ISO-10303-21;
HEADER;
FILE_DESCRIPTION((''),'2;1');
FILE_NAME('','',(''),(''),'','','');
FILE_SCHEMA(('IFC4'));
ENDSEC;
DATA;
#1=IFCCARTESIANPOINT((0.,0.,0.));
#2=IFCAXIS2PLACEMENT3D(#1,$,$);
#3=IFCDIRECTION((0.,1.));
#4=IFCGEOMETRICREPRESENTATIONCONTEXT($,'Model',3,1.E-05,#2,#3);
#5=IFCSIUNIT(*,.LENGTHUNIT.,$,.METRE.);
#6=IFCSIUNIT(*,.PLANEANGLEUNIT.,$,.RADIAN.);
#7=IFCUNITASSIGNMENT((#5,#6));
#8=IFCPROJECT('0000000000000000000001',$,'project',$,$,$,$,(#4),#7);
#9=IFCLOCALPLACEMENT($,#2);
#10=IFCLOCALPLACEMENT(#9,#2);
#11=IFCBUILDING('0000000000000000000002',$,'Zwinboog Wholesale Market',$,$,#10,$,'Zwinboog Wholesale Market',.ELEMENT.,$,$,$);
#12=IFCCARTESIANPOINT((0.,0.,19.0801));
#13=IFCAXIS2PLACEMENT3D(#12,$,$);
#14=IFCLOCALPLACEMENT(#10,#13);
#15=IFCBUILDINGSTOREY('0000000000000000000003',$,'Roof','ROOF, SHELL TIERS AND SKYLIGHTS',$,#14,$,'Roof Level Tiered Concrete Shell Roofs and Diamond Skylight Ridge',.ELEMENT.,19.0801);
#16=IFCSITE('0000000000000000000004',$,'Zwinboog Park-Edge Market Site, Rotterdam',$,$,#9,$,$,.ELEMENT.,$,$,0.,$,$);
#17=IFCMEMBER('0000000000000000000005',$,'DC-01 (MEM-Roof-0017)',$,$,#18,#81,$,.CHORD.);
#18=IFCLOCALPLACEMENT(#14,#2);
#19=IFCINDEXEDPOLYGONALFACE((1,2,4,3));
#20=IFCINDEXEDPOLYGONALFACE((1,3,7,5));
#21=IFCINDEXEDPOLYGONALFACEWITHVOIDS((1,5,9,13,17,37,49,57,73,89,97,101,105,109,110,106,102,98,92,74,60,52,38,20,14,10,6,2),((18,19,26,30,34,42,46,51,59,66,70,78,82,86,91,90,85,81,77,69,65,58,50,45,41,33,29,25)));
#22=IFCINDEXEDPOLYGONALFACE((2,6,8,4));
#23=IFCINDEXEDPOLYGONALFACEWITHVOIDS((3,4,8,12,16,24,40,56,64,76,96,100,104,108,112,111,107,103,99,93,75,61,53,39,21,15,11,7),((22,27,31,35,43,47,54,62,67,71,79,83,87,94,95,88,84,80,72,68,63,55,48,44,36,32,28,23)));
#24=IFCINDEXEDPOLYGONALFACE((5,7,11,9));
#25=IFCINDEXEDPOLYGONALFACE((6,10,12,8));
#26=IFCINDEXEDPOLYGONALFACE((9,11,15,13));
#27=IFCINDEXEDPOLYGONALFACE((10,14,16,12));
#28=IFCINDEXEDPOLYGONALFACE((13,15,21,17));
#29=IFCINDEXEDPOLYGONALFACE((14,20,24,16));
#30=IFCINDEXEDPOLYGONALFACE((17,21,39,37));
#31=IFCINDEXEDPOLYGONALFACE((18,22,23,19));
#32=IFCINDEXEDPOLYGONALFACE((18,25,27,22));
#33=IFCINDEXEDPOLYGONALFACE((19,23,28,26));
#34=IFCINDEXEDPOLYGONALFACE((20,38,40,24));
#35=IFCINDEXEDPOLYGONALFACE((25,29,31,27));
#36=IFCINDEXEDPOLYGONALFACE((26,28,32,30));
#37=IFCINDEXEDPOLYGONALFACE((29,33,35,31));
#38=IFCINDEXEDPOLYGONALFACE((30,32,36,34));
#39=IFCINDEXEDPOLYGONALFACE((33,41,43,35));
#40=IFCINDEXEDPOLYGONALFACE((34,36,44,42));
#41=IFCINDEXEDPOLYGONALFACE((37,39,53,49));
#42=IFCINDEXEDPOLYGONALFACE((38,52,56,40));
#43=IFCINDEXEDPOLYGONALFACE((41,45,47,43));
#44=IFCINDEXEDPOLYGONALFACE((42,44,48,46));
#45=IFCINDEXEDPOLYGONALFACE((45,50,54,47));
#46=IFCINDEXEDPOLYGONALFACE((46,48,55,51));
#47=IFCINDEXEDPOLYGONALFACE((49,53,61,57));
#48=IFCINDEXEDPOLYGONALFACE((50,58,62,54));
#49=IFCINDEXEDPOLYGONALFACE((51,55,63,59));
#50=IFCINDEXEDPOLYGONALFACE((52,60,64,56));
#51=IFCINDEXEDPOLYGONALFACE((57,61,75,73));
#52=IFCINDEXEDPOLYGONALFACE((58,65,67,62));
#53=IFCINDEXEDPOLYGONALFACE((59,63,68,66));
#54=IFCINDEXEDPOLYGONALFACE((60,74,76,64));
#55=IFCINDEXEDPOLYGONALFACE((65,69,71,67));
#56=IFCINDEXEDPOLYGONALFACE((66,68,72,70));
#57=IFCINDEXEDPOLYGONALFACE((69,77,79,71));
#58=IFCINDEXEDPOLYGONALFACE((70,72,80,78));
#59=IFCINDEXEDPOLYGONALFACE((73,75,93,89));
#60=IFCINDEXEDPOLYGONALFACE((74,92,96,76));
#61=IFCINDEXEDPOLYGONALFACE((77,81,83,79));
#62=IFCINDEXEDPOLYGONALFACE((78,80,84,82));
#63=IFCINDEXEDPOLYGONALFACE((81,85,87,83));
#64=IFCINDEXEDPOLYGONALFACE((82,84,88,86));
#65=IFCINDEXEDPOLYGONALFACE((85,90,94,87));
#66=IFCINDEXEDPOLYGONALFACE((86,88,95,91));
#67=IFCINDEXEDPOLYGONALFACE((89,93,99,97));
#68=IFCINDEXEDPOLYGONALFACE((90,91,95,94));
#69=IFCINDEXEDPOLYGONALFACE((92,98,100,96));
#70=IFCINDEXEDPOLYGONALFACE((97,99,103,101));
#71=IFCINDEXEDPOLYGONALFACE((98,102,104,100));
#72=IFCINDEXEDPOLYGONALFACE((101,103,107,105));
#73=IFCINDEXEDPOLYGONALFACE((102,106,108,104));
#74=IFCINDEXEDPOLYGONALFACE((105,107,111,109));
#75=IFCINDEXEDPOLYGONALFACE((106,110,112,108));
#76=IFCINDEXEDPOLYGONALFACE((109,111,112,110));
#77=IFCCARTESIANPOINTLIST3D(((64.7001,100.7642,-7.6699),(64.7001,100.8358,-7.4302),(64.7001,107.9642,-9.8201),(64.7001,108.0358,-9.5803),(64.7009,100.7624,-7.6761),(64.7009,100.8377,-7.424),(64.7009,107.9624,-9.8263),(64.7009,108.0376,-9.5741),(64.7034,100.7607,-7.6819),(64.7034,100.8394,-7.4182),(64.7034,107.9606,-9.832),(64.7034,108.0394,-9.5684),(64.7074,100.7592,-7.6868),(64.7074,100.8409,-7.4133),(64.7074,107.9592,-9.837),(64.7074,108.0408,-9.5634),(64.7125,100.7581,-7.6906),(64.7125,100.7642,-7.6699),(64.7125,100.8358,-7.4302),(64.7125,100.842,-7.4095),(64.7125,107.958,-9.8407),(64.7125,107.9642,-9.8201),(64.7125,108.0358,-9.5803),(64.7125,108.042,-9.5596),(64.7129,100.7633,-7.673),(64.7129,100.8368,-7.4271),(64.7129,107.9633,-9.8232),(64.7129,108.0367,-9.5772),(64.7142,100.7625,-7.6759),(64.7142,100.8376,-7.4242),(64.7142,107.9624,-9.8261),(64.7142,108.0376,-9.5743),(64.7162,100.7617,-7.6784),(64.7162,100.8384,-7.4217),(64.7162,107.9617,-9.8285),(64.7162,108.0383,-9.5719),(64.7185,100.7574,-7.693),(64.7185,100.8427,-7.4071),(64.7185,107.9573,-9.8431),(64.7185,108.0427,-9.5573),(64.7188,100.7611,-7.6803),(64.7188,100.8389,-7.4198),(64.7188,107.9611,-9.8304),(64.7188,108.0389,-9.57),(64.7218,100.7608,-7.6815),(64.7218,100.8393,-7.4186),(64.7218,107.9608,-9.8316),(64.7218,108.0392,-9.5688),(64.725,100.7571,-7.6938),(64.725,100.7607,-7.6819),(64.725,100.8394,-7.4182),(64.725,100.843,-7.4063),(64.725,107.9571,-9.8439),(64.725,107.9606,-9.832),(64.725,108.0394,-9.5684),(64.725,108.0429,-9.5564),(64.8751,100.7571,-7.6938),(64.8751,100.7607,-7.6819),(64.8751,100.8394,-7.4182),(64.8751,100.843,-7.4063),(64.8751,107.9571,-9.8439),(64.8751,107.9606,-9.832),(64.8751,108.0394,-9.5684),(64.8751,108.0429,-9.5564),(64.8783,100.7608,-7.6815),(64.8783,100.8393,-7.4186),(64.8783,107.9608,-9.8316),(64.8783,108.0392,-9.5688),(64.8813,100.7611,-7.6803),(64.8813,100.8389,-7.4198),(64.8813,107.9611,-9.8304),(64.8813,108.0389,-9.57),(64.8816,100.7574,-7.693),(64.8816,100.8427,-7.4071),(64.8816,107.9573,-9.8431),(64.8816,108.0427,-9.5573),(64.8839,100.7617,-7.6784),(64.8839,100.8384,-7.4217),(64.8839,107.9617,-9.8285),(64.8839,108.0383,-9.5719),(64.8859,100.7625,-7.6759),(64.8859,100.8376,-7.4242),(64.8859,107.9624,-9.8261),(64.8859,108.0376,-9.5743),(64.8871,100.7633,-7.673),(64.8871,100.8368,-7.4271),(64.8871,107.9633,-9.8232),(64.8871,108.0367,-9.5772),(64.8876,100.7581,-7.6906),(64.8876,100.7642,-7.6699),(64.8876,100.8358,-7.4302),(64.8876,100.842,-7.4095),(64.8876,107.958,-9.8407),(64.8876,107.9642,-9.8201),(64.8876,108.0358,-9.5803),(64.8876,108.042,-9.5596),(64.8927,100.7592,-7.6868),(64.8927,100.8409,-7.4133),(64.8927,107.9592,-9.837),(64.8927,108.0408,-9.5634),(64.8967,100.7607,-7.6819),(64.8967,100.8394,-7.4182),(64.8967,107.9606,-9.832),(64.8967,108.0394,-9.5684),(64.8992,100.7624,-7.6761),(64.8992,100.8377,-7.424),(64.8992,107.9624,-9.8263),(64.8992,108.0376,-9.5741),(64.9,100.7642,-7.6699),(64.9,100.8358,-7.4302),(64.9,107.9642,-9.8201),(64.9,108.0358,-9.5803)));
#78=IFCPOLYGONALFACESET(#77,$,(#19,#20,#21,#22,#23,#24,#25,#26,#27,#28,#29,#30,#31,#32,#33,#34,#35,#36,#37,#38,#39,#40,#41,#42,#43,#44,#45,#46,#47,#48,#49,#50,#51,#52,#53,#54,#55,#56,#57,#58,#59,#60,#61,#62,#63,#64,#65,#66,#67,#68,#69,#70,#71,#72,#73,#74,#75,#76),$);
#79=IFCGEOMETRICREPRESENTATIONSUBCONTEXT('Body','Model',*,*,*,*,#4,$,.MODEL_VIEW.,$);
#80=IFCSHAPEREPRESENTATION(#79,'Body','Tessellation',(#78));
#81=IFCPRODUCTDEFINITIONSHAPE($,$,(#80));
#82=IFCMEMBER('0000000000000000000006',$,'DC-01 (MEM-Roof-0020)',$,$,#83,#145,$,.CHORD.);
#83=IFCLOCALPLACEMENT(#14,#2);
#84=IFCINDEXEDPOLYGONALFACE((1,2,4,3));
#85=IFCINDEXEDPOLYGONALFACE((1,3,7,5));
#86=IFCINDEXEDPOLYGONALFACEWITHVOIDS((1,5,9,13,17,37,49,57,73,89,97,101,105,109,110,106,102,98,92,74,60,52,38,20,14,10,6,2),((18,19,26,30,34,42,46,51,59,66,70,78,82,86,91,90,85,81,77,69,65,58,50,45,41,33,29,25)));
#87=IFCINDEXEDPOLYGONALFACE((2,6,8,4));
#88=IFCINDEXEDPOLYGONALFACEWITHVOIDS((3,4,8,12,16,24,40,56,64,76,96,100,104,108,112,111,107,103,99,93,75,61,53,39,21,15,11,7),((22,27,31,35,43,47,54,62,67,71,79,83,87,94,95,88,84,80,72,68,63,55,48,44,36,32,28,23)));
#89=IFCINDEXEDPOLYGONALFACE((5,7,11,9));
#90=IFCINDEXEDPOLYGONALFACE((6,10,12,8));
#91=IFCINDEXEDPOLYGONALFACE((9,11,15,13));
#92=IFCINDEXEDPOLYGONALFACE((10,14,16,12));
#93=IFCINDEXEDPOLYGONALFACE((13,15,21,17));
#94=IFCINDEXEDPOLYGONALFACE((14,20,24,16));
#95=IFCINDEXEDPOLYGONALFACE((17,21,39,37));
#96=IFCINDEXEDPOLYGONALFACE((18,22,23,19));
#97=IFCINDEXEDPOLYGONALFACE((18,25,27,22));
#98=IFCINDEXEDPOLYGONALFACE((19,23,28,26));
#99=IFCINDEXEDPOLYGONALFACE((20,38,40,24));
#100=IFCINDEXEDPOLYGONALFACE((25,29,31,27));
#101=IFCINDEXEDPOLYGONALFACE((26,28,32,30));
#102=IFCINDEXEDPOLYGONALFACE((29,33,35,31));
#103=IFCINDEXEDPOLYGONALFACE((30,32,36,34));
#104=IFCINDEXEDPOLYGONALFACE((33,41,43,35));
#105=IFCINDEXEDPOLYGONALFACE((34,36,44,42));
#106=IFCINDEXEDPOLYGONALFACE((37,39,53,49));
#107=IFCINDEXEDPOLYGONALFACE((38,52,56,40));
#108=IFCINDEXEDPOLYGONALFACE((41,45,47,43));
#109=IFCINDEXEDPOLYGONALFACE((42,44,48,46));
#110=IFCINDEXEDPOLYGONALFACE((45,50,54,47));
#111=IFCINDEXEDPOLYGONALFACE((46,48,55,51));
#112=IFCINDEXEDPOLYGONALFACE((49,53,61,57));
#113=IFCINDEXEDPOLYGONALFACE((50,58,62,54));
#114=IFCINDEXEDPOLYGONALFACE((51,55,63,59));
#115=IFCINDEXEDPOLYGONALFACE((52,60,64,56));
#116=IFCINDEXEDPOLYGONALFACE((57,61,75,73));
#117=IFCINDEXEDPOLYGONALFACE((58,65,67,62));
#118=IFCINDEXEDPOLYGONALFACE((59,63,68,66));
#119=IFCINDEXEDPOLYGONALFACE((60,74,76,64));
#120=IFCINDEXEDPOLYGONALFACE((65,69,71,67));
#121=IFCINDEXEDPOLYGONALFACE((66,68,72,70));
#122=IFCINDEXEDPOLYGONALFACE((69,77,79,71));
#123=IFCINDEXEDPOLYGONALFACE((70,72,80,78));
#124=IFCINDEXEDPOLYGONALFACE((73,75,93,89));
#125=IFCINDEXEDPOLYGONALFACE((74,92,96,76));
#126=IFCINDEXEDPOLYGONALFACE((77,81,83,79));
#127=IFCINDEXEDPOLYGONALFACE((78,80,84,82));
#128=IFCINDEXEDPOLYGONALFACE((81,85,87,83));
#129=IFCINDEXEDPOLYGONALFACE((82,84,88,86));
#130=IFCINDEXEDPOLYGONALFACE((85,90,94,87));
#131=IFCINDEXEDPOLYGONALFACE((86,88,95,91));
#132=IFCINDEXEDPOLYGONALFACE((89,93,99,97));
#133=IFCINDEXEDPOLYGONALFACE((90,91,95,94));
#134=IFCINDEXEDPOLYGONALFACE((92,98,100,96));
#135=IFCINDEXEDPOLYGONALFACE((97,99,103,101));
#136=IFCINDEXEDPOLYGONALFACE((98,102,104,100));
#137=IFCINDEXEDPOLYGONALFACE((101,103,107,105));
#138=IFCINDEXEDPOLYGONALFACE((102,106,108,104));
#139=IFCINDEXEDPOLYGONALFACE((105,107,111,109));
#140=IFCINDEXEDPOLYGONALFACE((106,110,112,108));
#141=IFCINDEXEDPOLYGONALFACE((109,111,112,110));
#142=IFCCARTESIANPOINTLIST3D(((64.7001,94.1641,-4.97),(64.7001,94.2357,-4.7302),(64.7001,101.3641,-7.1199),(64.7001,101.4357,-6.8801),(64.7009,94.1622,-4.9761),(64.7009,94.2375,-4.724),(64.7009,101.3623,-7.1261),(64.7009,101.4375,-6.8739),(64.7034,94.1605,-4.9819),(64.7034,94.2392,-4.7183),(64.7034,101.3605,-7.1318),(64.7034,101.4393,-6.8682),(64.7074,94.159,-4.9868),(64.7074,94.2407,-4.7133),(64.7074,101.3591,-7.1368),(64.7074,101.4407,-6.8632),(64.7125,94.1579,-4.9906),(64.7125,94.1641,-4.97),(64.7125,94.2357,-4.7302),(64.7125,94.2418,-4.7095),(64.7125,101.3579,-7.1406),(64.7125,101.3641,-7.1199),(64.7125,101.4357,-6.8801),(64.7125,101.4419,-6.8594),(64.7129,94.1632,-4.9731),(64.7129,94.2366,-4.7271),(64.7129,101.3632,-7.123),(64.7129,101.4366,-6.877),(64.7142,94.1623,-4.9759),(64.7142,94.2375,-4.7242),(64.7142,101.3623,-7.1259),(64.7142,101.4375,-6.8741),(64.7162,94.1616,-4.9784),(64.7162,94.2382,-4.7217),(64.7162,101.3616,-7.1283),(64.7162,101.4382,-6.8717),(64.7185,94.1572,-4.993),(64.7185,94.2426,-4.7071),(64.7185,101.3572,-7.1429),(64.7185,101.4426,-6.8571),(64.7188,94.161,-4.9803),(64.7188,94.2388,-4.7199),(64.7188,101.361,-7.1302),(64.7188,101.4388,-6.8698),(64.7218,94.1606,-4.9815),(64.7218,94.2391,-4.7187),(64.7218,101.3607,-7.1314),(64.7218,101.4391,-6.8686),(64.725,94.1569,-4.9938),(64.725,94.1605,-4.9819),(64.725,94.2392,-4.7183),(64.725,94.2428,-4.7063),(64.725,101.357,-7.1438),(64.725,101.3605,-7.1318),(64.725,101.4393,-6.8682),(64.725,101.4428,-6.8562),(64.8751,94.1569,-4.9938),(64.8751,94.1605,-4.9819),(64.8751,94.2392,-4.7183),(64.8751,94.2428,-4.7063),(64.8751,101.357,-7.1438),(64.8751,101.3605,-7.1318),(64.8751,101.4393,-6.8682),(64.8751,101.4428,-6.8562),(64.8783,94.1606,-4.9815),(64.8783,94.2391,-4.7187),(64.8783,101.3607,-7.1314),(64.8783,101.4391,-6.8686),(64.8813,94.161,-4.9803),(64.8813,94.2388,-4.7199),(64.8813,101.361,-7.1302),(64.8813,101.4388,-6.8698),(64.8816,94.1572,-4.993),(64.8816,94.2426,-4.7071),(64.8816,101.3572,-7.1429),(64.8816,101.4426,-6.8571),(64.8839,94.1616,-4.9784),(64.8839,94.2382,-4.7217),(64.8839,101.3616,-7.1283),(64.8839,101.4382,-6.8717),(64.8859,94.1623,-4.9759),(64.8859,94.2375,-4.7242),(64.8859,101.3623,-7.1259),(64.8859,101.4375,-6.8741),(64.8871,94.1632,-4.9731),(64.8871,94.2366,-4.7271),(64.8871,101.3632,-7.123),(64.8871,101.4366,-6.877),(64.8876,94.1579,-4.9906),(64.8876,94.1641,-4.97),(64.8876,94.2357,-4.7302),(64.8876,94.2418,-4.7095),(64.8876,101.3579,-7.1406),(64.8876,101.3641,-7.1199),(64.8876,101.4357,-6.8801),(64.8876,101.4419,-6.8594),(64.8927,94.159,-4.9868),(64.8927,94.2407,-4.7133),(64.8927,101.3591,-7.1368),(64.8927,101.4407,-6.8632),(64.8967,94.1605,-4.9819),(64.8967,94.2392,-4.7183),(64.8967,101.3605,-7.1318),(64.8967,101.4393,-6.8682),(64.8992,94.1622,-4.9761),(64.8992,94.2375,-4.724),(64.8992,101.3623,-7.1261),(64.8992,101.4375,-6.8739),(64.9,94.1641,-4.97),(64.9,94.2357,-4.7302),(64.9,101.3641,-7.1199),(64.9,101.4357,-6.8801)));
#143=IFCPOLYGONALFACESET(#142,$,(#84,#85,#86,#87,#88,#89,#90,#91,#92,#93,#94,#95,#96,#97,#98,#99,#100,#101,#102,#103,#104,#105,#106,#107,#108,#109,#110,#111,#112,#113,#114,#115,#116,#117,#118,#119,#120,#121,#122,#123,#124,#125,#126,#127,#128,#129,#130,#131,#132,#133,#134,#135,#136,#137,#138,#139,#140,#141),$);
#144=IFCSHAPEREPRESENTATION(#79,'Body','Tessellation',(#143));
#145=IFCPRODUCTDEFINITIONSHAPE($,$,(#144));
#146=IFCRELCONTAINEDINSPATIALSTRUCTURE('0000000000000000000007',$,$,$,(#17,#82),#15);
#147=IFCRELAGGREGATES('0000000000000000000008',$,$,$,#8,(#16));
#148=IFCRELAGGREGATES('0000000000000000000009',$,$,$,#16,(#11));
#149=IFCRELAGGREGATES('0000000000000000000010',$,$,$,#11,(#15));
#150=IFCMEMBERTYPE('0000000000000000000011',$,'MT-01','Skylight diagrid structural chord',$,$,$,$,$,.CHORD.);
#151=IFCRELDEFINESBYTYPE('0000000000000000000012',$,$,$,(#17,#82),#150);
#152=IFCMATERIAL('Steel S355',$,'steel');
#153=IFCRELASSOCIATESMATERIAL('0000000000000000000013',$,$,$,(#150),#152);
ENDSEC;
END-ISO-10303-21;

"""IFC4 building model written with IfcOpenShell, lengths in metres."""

from ifc_helpers import new_model, si_unit, direction, frame, origin, origin_2d, place, context, subcontext, project, spatial, hollow_rectangle, extrude, material, material_profile, profile_set, type_object, element, save


model = new_model("IFC4")

# Units and contexts
model_context = context("Model", 3, precision=1e-05, world=origin(), true_north=direction((0.0, 1.0)))
body_context = subcontext(model_context, "Body", "Model", "MODEL_VIEW")
ifc_project = project(units=[si_unit("LENGTHUNIT", "METRE"), si_unit("PLANEANGLEUNIT", "RADIAN")], contexts=[model_context])

# Site, building, storey
site_placement = place(None, origin())
site = spatial("IfcSite", under=ifc_project, at=site_placement, Name="Zwinboog Park-Edge Market Site, Rotterdam", CompositionType="ELEMENT", RefElevation=0.0)
building_placement = place(site_placement, origin())
building = spatial("IfcBuilding", under=site, at=building_placement, Name="Zwinboog Wholesale Market", LongName="Zwinboog Wholesale Market", CompositionType="ELEMENT")
storey_placement = place(building_placement, frame((0.0, 0.0, 19.0801)))
storey = spatial("IfcBuildingStorey", under=building, at=storey_placement, Name="Roof", Description="ROOF, SHELL TIERS AND SKYLIGHTS", LongName="Roof Level Tiered Concrete Shell Roofs and Diamond Skylight Ridge", CompositionType="ELEMENT", Elevation=19.0801)

# Members
ifc_material_1 = material(Name="Steel S355", Category="steel")
ifc_material_profile_1 = material_profile(ifc_material_1, hollow_rectangle(XDim=0.2, YDim=0.3, WallThickness=0.0125, InnerFilletRadius=0.0125, OuterFilletRadius=0.0249, at=origin_2d()), Name="RHS 300x200x12.5")
ifc_profile_set_1 = profile_set([ifc_material_profile_1], Name="Steel S355")
member_type_1 = type_object("IfcMemberType", Name="MT-01", Description="Skylight diagrid structural chord", PredefinedType="CHORD", material=ifc_profile_set_1)
for number, where, z_axis, x_axis, name in (
    (1, (64.8, 108.0, -9.7002), (0.0, -0.958186, 0.286146), (1.0, 0.0, 0.0), "DC-01 (MEM-Roof-0017)"),
    (2, (64.8, 101.3999, -7.0), (0.0, -0.958195, 0.286117), (1.0, 0.0, 0.0), "DC-01 (MEM-Roof-0020)"),
):
    element("IfcMember", number, at=place(storey_placement, frame(where, z_axis=z_axis, x_axis=x_axis)), inside=storey, type_object=member_type_1, Name=name, PredefinedType="CHORD", context=body_context, shape_type="SweptSolid", body=[
        extrude(hollow_rectangle(XDim=0.2, YDim=0.3, WallThickness=0.0125, InnerFilletRadius=0.0125, OuterFilletRadius=0.0249, at=origin_2d()), origin(), (0.0, 0.0, 1.0), 7.5142),
    ])

save(model, "model.ifc")
